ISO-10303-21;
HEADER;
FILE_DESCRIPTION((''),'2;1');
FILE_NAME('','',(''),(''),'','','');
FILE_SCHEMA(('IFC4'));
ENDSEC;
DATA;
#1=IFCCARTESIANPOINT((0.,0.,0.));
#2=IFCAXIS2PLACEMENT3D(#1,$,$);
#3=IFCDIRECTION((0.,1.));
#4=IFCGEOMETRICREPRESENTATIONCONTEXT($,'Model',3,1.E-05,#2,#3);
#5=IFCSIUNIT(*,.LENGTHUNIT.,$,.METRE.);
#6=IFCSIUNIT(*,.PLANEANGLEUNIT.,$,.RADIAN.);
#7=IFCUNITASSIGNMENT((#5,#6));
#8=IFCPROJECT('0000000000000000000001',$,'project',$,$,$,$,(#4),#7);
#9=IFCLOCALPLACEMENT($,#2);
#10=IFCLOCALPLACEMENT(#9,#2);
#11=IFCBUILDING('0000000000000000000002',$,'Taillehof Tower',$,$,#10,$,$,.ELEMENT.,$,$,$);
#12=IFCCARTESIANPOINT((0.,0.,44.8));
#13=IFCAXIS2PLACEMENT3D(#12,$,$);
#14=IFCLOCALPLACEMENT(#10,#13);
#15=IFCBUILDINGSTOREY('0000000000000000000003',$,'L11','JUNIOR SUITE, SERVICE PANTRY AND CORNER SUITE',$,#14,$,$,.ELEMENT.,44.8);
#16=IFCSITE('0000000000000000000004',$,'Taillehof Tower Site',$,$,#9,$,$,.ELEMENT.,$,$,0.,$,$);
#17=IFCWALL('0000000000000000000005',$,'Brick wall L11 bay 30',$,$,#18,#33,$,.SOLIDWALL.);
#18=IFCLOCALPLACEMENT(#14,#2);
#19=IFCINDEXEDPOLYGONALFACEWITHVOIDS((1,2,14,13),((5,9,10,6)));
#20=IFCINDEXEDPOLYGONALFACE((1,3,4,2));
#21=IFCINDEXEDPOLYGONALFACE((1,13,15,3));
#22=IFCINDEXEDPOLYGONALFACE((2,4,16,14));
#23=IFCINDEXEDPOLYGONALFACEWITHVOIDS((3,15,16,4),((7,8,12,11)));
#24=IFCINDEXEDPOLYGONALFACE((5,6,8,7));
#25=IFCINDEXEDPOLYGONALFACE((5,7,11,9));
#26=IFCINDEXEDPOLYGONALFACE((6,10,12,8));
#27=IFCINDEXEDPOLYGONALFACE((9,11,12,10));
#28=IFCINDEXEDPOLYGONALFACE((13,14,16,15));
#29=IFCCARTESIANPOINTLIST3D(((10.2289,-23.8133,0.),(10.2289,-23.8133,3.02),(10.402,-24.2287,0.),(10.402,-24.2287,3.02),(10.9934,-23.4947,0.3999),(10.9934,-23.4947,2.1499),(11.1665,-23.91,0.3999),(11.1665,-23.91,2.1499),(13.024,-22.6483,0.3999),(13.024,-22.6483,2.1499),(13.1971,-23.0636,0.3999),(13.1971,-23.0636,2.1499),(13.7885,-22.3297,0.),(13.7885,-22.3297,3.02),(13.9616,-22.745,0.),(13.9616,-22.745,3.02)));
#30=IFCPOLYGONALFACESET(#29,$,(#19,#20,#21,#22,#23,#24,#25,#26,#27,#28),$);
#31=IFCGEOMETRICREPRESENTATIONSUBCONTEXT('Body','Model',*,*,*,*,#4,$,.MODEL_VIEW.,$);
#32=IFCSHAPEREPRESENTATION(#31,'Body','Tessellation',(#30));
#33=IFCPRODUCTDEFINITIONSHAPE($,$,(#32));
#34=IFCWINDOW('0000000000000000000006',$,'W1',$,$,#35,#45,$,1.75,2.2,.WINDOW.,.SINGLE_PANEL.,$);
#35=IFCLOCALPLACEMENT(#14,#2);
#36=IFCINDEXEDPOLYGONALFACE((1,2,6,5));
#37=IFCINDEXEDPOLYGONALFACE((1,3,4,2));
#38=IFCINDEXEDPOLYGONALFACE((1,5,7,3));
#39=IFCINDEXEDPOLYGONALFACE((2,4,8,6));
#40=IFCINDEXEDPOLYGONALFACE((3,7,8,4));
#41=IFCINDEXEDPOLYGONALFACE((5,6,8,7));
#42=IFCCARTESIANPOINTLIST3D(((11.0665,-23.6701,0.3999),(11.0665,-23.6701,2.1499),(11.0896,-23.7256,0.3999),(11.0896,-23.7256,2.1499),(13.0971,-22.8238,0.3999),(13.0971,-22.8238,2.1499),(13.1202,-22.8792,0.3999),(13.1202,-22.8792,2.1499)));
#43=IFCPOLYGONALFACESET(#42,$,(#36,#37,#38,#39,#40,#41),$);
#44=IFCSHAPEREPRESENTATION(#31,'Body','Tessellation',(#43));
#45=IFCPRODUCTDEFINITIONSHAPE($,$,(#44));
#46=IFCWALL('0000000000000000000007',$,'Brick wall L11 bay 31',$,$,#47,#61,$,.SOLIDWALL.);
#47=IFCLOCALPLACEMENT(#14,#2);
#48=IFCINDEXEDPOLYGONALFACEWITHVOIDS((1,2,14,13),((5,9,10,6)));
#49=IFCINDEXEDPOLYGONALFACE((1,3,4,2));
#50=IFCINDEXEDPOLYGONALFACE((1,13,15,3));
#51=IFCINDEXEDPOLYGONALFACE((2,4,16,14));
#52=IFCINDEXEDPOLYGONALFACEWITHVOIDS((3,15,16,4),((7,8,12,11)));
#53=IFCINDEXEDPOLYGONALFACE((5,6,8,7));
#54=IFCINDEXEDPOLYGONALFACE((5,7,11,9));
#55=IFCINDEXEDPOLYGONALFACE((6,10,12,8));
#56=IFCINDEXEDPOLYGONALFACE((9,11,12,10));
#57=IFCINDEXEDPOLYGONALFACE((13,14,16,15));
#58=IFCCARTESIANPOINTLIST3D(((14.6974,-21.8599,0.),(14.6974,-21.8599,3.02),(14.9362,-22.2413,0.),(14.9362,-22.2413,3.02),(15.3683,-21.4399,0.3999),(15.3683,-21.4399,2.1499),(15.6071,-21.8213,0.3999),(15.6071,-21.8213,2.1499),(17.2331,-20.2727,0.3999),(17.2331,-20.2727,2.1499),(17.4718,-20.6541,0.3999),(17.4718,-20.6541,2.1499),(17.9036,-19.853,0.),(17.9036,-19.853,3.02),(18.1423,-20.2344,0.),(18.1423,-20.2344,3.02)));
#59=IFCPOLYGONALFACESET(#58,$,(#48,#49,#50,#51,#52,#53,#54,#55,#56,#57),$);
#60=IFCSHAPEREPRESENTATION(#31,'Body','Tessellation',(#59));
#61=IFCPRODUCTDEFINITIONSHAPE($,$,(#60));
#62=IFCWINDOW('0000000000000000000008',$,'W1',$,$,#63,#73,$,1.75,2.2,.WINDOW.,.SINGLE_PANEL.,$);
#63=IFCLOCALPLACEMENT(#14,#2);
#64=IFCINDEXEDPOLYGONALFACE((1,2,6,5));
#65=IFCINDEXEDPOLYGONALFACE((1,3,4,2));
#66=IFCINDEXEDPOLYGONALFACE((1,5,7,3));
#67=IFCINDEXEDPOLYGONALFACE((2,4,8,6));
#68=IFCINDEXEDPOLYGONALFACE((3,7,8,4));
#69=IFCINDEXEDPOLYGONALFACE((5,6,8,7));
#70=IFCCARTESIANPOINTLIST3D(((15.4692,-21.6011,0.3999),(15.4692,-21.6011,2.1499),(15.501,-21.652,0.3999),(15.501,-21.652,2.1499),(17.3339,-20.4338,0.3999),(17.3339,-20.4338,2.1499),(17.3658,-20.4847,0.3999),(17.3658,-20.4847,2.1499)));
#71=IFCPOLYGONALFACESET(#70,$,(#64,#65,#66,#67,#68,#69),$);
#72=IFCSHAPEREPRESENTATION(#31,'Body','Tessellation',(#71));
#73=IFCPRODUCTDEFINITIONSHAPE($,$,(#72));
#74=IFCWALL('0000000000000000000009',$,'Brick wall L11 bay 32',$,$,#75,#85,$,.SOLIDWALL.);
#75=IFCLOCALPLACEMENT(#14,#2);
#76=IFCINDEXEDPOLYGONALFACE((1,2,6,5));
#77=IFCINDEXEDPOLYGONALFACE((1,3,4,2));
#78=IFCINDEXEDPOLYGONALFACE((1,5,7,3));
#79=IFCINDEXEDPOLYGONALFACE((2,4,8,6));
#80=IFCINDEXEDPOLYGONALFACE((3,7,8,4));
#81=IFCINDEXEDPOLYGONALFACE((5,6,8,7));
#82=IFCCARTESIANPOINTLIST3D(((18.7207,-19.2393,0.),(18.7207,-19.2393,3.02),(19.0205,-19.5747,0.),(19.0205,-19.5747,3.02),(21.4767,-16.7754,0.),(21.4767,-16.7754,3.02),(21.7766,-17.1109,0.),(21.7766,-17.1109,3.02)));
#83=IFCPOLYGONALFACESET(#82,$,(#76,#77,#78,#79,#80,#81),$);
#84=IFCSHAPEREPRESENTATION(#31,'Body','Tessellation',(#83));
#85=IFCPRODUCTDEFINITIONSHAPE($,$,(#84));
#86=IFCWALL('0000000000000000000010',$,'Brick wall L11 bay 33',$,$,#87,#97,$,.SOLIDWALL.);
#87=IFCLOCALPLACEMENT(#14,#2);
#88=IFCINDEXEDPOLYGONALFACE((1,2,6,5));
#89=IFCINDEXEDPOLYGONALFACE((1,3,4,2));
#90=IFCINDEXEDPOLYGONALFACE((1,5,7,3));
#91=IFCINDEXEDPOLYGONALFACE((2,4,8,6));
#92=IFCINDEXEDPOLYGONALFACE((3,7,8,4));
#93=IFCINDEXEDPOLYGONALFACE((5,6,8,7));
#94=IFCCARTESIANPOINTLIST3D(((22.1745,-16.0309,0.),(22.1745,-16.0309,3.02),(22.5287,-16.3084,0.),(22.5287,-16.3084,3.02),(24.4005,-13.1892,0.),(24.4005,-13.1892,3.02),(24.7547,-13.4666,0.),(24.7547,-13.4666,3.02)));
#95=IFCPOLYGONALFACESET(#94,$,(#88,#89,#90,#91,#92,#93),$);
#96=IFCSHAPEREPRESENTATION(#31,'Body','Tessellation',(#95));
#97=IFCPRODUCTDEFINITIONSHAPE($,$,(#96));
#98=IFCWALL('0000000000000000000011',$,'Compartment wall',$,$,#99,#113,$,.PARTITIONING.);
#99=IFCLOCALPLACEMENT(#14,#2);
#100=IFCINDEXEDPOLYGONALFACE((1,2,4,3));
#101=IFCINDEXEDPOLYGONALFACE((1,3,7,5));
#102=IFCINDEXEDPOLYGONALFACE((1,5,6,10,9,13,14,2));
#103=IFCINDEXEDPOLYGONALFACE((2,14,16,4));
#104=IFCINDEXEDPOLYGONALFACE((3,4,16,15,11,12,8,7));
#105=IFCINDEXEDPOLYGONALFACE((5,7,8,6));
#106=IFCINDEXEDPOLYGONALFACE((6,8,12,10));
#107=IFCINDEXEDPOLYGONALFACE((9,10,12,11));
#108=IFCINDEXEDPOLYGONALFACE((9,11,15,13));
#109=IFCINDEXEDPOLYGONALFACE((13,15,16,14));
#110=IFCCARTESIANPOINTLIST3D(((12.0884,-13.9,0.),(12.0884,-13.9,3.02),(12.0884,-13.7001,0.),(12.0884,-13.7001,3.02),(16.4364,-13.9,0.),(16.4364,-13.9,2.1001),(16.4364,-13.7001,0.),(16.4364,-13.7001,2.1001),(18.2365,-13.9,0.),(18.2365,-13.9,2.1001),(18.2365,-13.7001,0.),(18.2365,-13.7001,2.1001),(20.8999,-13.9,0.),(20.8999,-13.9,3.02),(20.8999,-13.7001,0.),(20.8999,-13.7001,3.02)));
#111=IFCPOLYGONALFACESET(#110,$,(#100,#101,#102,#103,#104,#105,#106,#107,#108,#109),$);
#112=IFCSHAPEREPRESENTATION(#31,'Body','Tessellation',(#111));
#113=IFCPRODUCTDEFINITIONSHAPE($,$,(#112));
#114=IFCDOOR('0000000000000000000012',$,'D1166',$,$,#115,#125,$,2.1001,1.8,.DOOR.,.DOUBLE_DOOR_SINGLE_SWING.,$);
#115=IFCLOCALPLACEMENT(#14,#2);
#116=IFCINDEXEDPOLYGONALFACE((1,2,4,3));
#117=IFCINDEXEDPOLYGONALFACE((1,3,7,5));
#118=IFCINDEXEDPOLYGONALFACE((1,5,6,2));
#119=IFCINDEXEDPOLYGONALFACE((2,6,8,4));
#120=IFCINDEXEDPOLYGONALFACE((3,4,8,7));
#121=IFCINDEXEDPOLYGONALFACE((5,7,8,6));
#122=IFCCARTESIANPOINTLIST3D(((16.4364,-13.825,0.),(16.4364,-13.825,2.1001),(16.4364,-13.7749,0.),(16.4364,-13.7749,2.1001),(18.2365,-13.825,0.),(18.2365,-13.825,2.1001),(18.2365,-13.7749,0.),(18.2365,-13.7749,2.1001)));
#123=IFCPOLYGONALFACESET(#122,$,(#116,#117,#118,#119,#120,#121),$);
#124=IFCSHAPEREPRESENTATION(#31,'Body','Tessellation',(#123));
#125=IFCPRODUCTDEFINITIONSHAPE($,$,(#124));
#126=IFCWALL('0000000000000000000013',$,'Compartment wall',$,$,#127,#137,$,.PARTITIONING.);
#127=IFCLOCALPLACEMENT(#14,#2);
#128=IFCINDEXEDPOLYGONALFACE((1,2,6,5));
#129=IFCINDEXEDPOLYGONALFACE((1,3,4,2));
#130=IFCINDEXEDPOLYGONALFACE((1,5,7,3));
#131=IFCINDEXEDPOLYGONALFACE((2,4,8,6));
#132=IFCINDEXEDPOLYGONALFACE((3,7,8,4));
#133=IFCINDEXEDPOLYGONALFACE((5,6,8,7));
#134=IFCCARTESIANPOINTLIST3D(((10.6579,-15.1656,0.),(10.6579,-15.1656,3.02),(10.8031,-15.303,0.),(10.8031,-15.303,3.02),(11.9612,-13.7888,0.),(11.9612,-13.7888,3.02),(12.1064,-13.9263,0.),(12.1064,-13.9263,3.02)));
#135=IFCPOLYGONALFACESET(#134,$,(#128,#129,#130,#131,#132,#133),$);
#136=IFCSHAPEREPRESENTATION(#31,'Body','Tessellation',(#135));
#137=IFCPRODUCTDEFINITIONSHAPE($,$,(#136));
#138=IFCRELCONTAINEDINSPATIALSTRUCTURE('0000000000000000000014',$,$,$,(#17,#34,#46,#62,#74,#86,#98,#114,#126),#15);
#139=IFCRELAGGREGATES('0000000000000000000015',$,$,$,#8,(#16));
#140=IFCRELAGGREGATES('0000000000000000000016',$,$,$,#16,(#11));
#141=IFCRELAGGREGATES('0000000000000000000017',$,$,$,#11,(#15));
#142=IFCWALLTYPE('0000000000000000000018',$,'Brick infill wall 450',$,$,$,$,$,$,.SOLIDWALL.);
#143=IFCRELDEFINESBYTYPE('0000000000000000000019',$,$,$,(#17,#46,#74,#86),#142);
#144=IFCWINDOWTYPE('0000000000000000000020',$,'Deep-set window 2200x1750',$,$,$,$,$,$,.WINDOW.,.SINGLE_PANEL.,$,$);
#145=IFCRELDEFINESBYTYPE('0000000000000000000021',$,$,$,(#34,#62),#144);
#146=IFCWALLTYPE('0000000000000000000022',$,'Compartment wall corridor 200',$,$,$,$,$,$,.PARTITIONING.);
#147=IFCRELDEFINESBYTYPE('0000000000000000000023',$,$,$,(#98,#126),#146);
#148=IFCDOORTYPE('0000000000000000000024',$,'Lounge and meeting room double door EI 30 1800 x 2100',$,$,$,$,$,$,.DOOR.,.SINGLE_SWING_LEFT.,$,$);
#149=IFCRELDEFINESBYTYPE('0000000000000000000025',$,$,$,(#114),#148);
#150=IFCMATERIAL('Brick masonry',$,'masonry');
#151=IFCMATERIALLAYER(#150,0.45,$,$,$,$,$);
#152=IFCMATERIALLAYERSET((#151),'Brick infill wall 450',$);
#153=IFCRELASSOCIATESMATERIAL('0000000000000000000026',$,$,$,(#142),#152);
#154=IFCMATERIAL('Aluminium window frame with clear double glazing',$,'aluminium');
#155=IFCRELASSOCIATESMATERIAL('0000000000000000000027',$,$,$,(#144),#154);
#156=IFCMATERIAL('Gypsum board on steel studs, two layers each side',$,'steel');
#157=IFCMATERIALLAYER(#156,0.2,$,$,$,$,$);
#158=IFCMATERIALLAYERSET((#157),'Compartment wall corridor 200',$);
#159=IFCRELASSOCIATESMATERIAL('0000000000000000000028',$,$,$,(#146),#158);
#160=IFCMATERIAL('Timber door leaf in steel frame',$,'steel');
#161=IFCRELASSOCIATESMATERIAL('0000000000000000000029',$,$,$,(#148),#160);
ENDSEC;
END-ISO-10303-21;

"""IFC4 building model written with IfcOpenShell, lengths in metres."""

from ifc_helpers import new_model, si_unit, direction, frame, frame_2d, origin, place, context, subcontext, project, spatial, rectangle, extrude, material, layer, layer_set, type_object, element, fill, save


model = new_model("IFC4")

# Units and contexts
model_context = context("Model", 3, precision=1e-05, world=origin(), true_north=direction((0.0, 1.0)))
body_context = subcontext(model_context, "Body", "Model", "MODEL_VIEW")
ifc_project = project(units=[si_unit("LENGTHUNIT", "METRE"), si_unit("PLANEANGLEUNIT", "RADIAN")], contexts=[model_context])

# Site, building, storey
site_placement = place(None, origin())
site = spatial("IfcSite", under=ifc_project, at=site_placement, Name="Taillehof Tower Site", CompositionType="ELEMENT", RefElevation=0.0)
building_placement = place(site_placement, origin())
building = spatial("IfcBuilding", under=site, at=building_placement, Name="Taillehof Tower", CompositionType="ELEMENT")
storey_placement = place(building_placement, frame((0.0, 0.0, 44.8)))
storey = spatial("IfcBuildingStorey", under=building, at=storey_placement, Name="L11", Description="JUNIOR SUITE, SERVICE PANTRY AND CORNER SUITE", CompositionType="ELEMENT", Elevation=44.8)

# Walls, openings, windows
ifc_material_1 = material(Name="Brick masonry", Category="masonry")
ifc_layer_1 = layer(ifc_material_1, 0.45)
ifc_layer_set_1 = layer_set([ifc_layer_1], Name="Brick infill wall 450")
wall_type_1 = type_object("IfcWallType", Name="Brick infill wall 450", PredefinedType="SOLIDWALL", material=ifc_layer_set_1)
wall_1_placement = place(storey_placement, frame((10.3154, -24.021, 0.0), z_axis=(0.0, 0.0, 1.0), x_axis=(0.923032, 0.384723, 0.0)))
wall_1 = element("IfcWall", 1, at=wall_1_placement, inside=storey, type_object=wall_type_1, Name="Brick wall L11 bay 30", PredefinedType="SOLIDWALL", context=body_context, shape_type="SweptSolid", body=[
    extrude(rectangle(XDim=3.8564, YDim=0.45, at=frame_2d((1.9282, 0.0))), origin(), (0.0, 0.0, 1.0), 3.02),
])
opening_1_placement = place(wall_1_placement, frame((0.8281, 0.0, 0.3999)))
opening_1 = element("IfcOpeningElement", 2, at=opening_1_placement, cuts=wall_1, PredefinedType="OPENING", context=body_context, shape_type="SweptSolid", body=[
    extrude(rectangle(XDim=2.2, YDim=1.75, at=frame_2d((1.1001, 0.875))), frame((0.0, 0.2349, 0.0), z_axis=(0.0, -1.0, 0.0), x_axis=(1.0, 0.0, 0.0)), (0.0, 0.0, 1.0), 0.47),
])
ifc_material_2 = material(Name="Aluminium window frame with clear double glazing", Category="aluminium")
window_type = type_object("IfcWindowType", Name="Deep-set window 2200x1750", PartitioningType="SINGLE_PANEL", PredefinedType="WINDOW", material=ifc_material_2)
window_1_placement = place(opening_1_placement, origin())
window_1 = element("IfcWindow", 3, at=window_1_placement, inside=storey, type_object=window_type, Name="W1", OverallHeight=1.75, OverallWidth=2.2, PartitioningType="SINGLE_PANEL", PredefinedType="WINDOW", context=body_context, shape_type="SweptSolid", body=[
    extrude(rectangle(XDim=2.2, YDim=1.75, at=frame_2d((1.1001, 0.875))), frame((0.0, 0.0349, 0.0), z_axis=(0.0, -1.0, 0.0), x_axis=(1.0, 0.0, 0.0)), (0.0, 0.0, 1.0), 0.0601),
])
fill(opening_1, window_1)
wall_2_placement = place(storey_placement, frame((14.8169, -22.0505, 0.0), z_axis=(0.0, 0.0, 1.0), x_axis=(0.847635, 0.530579, 0.0)))
wall_2 = element("IfcWall", 4, at=wall_2_placement, inside=storey, type_object=wall_type_1, Name="Brick wall L11 bay 31", PredefinedType="SOLIDWALL", context=body_context, shape_type="SweptSolid", body=[
    extrude(rectangle(XDim=3.7825, YDim=0.45, at=frame_2d((1.8911, 0.0))), origin(), (0.0, 0.0, 1.0), 3.02),
])
opening_2_placement = place(wall_2_placement, frame((0.7913, 0.0, 0.3999)))
opening_2 = element("IfcOpeningElement", 5, at=opening_2_placement, cuts=wall_2, PredefinedType="OPENING", context=body_context, shape_type="SweptSolid", body=[
    extrude(rectangle(XDim=2.2, YDim=1.75, at=frame_2d((1.1001, 0.875))), frame((0.0, 0.2349, 0.0), z_axis=(0.0, -1.0, 0.0), x_axis=(1.0, 0.0, 0.0)), (0.0, 0.0, 1.0), 0.47),
])
window_2_placement = place(opening_2_placement, origin())
window_2 = element("IfcWindow", 6, at=window_2_placement, inside=storey, type_object=window_type, Name="W1", OverallHeight=1.75, OverallWidth=2.2, PartitioningType="SINGLE_PANEL", PredefinedType="WINDOW", context=body_context, shape_type="SweptSolid", body=[
    extrude(rectangle(XDim=2.2, YDim=1.75, at=frame_2d((1.1001, 0.875))), frame((0.0, 0.0349, 0.0), z_axis=(0.0, -1.0, 0.0), x_axis=(1.0, 0.0, 0.0)), (0.0, 0.0, 1.0), 0.0601),
])
fill(opening_2, window_2)

# Walls
wall_3_placement = place(storey_placement, frame((18.8706, -19.407, 0.0), z_axis=(0.0, 0.0, 1.0), x_axis=(0.745526, 0.666476, 0.0)))
element("IfcWall", 7, at=wall_3_placement, inside=storey, type_object=wall_type_1, Name="Brick wall L11 bay 32", PredefinedType="SOLIDWALL", context=body_context, shape_type="SweptSolid", body=[
    extrude(rectangle(XDim=3.6968, YDim=0.45, at=frame_2d((1.8484, 0.0))), origin(), (0.0, 0.0, 1.0), 3.02),
])
wall_4_placement = place(storey_placement, frame((22.3516, -16.1697, 0.0), z_axis=(0.0, 0.0, 1.0), x_axis=(0.616662, 0.787228, 0.0)))
element("IfcWall", 8, at=wall_4_placement, inside=storey, type_object=wall_type_1, Name="Brick wall L11 bay 33", PredefinedType="SOLIDWALL", context=body_context, shape_type="SweptSolid", body=[
    extrude(rectangle(XDim=3.6099, YDim=0.45, at=frame_2d((1.8049, 0.0))), origin(), (0.0, 0.0, 1.0), 3.02),
])

# Wall, opening, door
ifc_material_3 = material(Name="Gypsum board on steel studs, two layers each side", Category="steel")
ifc_layer_2 = layer(ifc_material_3, 0.2)
ifc_layer_set_2 = layer_set([ifc_layer_2], Name="Compartment wall corridor 200")
wall_type_2 = type_object("IfcWallType", Name="Compartment wall corridor 200", PredefinedType="PARTITIONING", material=ifc_layer_set_2)
wall_5_placement = place(storey_placement, frame((20.8999, -13.8, 0.0), z_axis=(0.0, 0.0, 1.0), x_axis=(-1.0, 0.0, 0.0)))
wall_5 = element("IfcWall", 9, at=wall_5_placement, inside=storey, type_object=wall_type_2, Name="Compartment wall", PredefinedType="PARTITIONING", context=body_context, shape_type="SweptSolid", body=[
    extrude(rectangle(XDim=8.8115, YDim=0.2, at=frame_2d((4.4058, 0.0))), origin(), (0.0, 0.0, 1.0), 3.02),
])
opening_3_placement = place(wall_5_placement, frame((2.6636, 0.0, 0.0)))
opening_3 = element("IfcOpeningElement", 10, at=opening_3_placement, cuts=wall_5, PredefinedType="OPENING", context=body_context, shape_type="SweptSolid", body=[
    extrude(rectangle(XDim=1.8, YDim=2.1001, at=frame_2d((0.8999, 1.05))), frame((0.0, 0.1099, 0.0), z_axis=(0.0, -1.0, 0.0), x_axis=(1.0, 0.0, 0.0)), (0.0, 0.0, 1.0), 0.22),
])
ifc_material_4 = material(Name="Timber door leaf in steel frame", Category="steel")
door_type_1 = type_object("IfcDoorType", Name="Lounge and meeting room double door EI 30 1800 x 2100", OperationType="SINGLE_SWING_LEFT", PredefinedType="DOOR", material=ifc_material_4)
door_1_placement = place(opening_3_placement, origin())
door_1 = element("IfcDoor", 11, at=door_1_placement, inside=storey, type_object=door_type_1, Name="D1166", OperationType="DOUBLE_DOOR_SINGLE_SWING", OverallHeight=2.1001, OverallWidth=1.8, PredefinedType="DOOR", context=body_context, shape_type="SweptSolid", body=[
    extrude(rectangle(XDim=1.8, YDim=2.1001, at=frame_2d((0.8999, 1.05))), frame((0.0, 0.0249, 0.0), z_axis=(0.0, -1.0, 0.0), x_axis=(1.0, 0.0, 0.0)), (0.0, 0.0, 1.0), 0.05),
])
fill(opening_3, door_1)

# Wall
wall_6_placement = place(storey_placement, frame((12.0337, -13.8577, 0.0), z_axis=(0.0, 0.0, 1.0), x_axis=(-0.687459, -0.726223, 0.0)))
element("IfcWall", 12, at=wall_6_placement, inside=storey, type_object=wall_type_2, Name="Compartment wall", PredefinedType="PARTITIONING", context=body_context, shape_type="SweptSolid", body=[
    extrude(rectangle(XDim=1.8958, YDim=0.2, at=frame_2d((0.9478, 0.0))), origin(), (0.0, 0.0, 1.0), 3.02),
])

save(model, "model.ifc")
